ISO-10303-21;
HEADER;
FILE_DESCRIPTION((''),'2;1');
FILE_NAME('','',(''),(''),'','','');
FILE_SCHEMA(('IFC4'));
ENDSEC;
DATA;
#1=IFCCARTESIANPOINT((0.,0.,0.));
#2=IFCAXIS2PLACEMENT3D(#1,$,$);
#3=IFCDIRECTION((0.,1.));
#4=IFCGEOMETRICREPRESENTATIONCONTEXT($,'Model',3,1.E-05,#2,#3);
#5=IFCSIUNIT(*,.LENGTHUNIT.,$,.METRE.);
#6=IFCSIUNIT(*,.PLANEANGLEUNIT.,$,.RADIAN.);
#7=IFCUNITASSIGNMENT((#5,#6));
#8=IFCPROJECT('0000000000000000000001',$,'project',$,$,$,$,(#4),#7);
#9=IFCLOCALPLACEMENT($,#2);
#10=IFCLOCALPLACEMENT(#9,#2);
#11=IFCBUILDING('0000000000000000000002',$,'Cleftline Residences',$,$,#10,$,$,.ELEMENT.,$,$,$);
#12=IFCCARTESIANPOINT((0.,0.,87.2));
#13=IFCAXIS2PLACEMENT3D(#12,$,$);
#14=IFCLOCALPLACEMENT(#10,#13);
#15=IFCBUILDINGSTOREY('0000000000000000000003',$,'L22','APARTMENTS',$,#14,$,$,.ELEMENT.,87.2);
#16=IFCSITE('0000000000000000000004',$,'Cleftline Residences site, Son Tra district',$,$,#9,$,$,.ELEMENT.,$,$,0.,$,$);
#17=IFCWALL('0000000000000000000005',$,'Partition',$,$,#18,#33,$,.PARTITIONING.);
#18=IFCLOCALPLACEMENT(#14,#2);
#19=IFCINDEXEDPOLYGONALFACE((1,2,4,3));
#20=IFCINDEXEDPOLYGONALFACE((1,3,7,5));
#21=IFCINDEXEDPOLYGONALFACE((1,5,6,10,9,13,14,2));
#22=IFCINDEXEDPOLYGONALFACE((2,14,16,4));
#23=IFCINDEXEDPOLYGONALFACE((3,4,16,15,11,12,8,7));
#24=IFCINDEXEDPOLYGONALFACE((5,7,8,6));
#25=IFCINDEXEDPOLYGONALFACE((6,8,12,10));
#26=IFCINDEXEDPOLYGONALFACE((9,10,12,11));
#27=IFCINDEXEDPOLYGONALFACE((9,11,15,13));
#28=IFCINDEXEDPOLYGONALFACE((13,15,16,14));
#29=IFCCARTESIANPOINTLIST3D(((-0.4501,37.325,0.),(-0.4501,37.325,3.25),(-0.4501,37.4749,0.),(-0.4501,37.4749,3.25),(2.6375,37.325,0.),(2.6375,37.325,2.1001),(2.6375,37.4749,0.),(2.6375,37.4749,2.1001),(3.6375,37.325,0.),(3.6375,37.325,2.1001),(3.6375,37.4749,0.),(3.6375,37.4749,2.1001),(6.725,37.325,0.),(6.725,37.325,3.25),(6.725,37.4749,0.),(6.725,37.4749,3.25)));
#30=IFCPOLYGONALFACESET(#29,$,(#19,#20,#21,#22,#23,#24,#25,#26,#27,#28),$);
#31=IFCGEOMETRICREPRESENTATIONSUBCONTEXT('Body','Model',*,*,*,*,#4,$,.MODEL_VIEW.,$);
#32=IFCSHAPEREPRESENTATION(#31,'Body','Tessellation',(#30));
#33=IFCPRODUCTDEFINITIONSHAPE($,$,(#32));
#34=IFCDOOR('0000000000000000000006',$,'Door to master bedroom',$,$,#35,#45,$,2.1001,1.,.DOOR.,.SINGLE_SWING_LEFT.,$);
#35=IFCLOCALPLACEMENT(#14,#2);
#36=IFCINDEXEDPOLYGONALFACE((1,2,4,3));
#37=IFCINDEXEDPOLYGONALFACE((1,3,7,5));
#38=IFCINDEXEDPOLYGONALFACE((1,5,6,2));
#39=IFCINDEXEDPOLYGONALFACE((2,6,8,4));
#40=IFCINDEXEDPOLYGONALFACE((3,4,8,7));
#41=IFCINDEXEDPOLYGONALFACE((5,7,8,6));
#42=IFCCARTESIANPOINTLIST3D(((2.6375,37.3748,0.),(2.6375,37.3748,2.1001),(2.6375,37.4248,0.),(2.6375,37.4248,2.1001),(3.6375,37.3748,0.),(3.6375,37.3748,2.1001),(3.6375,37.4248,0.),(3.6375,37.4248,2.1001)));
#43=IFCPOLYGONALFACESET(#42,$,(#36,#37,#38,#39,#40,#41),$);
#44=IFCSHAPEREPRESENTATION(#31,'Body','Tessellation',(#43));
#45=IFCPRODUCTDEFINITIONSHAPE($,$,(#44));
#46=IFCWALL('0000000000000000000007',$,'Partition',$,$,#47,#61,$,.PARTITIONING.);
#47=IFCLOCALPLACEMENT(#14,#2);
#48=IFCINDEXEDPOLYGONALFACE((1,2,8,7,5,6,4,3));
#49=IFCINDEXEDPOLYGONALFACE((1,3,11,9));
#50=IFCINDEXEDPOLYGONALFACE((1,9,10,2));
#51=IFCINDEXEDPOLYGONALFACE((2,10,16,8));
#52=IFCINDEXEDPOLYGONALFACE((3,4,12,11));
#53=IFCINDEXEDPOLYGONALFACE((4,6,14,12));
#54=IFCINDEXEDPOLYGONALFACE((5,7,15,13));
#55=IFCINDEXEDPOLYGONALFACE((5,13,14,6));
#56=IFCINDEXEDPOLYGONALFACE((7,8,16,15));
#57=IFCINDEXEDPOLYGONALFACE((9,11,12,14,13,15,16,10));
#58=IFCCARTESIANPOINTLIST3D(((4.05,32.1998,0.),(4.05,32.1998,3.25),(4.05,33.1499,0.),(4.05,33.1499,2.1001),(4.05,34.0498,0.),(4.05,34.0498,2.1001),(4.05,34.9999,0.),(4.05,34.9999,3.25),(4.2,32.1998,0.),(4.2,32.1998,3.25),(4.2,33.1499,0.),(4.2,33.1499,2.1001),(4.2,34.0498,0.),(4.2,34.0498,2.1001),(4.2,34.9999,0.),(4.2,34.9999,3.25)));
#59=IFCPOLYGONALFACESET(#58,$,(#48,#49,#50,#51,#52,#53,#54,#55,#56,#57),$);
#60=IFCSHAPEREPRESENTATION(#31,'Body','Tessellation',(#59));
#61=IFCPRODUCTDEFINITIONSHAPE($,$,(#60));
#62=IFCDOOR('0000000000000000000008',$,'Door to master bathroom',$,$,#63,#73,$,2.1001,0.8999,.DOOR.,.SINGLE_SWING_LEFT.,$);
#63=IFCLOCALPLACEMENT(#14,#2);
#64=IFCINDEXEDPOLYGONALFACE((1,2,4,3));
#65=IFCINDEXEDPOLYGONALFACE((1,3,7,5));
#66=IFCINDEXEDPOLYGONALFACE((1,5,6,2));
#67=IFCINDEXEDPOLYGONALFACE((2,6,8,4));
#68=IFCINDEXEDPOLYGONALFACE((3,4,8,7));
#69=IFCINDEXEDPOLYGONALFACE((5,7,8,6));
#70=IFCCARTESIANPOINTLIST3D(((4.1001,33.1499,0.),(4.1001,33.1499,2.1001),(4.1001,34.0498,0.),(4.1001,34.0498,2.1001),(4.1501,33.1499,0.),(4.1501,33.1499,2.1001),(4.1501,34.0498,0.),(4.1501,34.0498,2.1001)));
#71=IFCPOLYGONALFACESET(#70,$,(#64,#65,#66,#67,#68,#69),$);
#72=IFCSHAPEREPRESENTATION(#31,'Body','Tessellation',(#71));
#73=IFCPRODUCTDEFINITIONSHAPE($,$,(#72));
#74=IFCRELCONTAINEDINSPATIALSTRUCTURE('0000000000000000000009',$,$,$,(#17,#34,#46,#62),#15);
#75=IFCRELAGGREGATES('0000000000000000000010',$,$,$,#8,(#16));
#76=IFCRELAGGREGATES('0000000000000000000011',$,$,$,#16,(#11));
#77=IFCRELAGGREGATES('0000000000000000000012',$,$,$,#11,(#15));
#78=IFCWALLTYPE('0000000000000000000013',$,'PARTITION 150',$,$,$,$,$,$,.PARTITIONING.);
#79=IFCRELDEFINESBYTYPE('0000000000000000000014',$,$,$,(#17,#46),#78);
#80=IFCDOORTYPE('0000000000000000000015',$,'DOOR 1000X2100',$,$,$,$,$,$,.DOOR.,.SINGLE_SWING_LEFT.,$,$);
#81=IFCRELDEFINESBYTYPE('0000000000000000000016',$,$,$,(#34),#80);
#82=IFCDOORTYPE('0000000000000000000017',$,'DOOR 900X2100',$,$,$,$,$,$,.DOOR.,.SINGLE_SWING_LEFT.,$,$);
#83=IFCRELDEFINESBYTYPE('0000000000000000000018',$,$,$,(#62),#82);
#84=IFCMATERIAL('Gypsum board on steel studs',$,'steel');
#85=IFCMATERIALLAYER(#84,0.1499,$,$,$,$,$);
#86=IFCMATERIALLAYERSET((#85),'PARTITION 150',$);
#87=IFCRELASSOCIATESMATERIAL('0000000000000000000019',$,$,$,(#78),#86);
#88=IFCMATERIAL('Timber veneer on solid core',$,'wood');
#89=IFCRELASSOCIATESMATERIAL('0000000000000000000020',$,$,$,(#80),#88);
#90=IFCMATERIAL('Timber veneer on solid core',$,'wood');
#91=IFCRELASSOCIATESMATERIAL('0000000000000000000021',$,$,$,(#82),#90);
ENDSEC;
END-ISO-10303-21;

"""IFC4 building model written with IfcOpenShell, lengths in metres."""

from ifc_helpers import new_model, si_unit, direction, frame, frame_2d, origin, place, context, subcontext, project, spatial, rectangle, extrude, material, layer, layer_set, type_object, element, fill, save


model = new_model("IFC4")

# Units and contexts
model_context = context("Model", 3, precision=1e-05, world=origin(), true_north=direction((0.0, 1.0)))
body_context = subcontext(model_context, "Body", "Model", "MODEL_VIEW")
ifc_project = project(units=[si_unit("LENGTHUNIT", "METRE"), si_unit("PLANEANGLEUNIT", "RADIAN")], contexts=[model_context])

# Site, building, storey
site_placement = place(None, origin())
site = spatial("IfcSite", under=ifc_project, at=site_placement, Name="Cleftline Residences site, Son Tra district", CompositionType="ELEMENT", RefElevation=0.0)
building_placement = place(site_placement, origin())
building = spatial("IfcBuilding", under=site, at=building_placement, Name="Cleftline Residences", CompositionType="ELEMENT")
storey_placement = place(building_placement, frame((0.0, 0.0, 87.2)))
storey = spatial("IfcBuildingStorey", under=building, at=storey_placement, Name="L22", Description="APARTMENTS", CompositionType="ELEMENT", Elevation=87.2)

# Shared definitions
ifc_material_1 = material(Name="Gypsum board on steel studs", Category="steel")
ifc_layer_1 = layer(ifc_material_1, 0.1499)
ifc_layer_set_1 = layer_set([ifc_layer_1], Name="PARTITION 150")
wall_type_1 = type_object("IfcWallType", Name="PARTITION 150", PredefinedType="PARTITIONING", material=ifc_layer_set_1)

# Walls, openings, doors
wall_1_placement = place(storey_placement, frame((-0.45, 37.3999, 0.0), z_axis=(0.0, 0.0, 1.0), x_axis=(1.0, 0.0, 0.0)))
wall_1 = element("IfcWall", 1, at=wall_1_placement, inside=storey, type_object=wall_type_1, Name="Partition", PredefinedType="PARTITIONING", context=body_context, shape_type="SweptSolid", body=[
    extrude(rectangle(XDim=7.175, YDim=0.1499, at=frame_2d((3.5874, 0.0))), origin(), (0.0, 0.0, 1.0), 3.25),
])
opening_1_placement = place(wall_1_placement, frame((3.0874, 0.0, 0.0)))
opening_1 = element("IfcOpeningElement", 2, at=opening_1_placement, cuts=wall_1, PredefinedType="OPENING", context=body_context, shape_type="SweptSolid", body=[
    extrude(rectangle(XDim=1.0, YDim=2.1001, at=frame_2d((0.5, 1.05))), frame((0.0, 0.085, 0.0), z_axis=(0.0, -1.0, 0.0), x_axis=(1.0, 0.0, 0.0)), (0.0, 0.0, 1.0), 0.1699),
])
ifc_material_2 = material(Name="Timber veneer on solid core", Category="wood")
door_type_1 = type_object("IfcDoorType", Name="DOOR 1000X2100", OperationType="SINGLE_SWING_LEFT", PredefinedType="DOOR", material=ifc_material_2)
door_1_placement = place(opening_1_placement, origin())
door_1 = element("IfcDoor", 3, at=door_1_placement, inside=storey, type_object=door_type_1, Name="Door to master bedroom", OperationType="SINGLE_SWING_LEFT", OverallHeight=2.1001, OverallWidth=1.0, PredefinedType="DOOR", context=body_context, shape_type="SweptSolid", body=[
    extrude(rectangle(XDim=1.0, YDim=2.1001, at=frame_2d((0.5, 1.05))), frame((0.0, 0.0249, 0.0), z_axis=(0.0, -1.0, 0.0), x_axis=(1.0, 0.0, 0.0)), (0.0, 0.0, 1.0), 0.05),
])
fill(opening_1, door_1)
wall_2_placement = place(storey_placement, frame((4.125, 32.2, 0.0), z_axis=(0.0, 0.0, 1.0), x_axis=(0.0, 1.0, 0.0)))
wall_2 = element("IfcWall", 4, at=wall_2_placement, inside=storey, type_object=wall_type_1, Name="Partition", PredefinedType="PARTITIONING", context=body_context, shape_type="SweptSolid", body=[
    extrude(rectangle(XDim=2.8, YDim=0.1499, at=frame_2d((1.3999, 0.0))), origin(), (0.0, 0.0, 1.0), 3.25),
])
opening_2_placement = place(wall_2_placement, frame((0.95, 0.0, 0.0)))
opening_2 = element("IfcOpeningElement", 5, at=opening_2_placement, cuts=wall_2, PredefinedType="OPENING", context=body_context, shape_type="SweptSolid", body=[
    extrude(rectangle(XDim=0.8999, YDim=2.1001, at=frame_2d((0.45, 1.05))), frame((0.0, 0.085, 0.0), z_axis=(0.0, -1.0, 0.0), x_axis=(1.0, 0.0, 0.0)), (0.0, 0.0, 1.0), 0.1699),
])
ifc_material_3 = material(Name="Timber veneer on solid core", Category="wood")
door_type_2 = type_object("IfcDoorType", Name="DOOR 900X2100", OperationType="SINGLE_SWING_LEFT", PredefinedType="DOOR", material=ifc_material_3)
door_2_placement = place(opening_2_placement, origin())
door_2 = element("IfcDoor", 6, at=door_2_placement, inside=storey, type_object=door_type_2, Name="Door to master bathroom", OperationType="SINGLE_SWING_LEFT", OverallHeight=2.1001, OverallWidth=0.8999, PredefinedType="DOOR", context=body_context, shape_type="SweptSolid", body=[
    extrude(rectangle(XDim=0.8999, YDim=2.1001, at=frame_2d((0.45, 1.05))), frame((0.0, 0.0249, 0.0), z_axis=(0.0, -1.0, 0.0), x_axis=(1.0, 0.0, 0.0)), (0.0, 0.0, 1.0), 0.05),
])
fill(opening_2, door_2)

save(model, "model.ifc")
